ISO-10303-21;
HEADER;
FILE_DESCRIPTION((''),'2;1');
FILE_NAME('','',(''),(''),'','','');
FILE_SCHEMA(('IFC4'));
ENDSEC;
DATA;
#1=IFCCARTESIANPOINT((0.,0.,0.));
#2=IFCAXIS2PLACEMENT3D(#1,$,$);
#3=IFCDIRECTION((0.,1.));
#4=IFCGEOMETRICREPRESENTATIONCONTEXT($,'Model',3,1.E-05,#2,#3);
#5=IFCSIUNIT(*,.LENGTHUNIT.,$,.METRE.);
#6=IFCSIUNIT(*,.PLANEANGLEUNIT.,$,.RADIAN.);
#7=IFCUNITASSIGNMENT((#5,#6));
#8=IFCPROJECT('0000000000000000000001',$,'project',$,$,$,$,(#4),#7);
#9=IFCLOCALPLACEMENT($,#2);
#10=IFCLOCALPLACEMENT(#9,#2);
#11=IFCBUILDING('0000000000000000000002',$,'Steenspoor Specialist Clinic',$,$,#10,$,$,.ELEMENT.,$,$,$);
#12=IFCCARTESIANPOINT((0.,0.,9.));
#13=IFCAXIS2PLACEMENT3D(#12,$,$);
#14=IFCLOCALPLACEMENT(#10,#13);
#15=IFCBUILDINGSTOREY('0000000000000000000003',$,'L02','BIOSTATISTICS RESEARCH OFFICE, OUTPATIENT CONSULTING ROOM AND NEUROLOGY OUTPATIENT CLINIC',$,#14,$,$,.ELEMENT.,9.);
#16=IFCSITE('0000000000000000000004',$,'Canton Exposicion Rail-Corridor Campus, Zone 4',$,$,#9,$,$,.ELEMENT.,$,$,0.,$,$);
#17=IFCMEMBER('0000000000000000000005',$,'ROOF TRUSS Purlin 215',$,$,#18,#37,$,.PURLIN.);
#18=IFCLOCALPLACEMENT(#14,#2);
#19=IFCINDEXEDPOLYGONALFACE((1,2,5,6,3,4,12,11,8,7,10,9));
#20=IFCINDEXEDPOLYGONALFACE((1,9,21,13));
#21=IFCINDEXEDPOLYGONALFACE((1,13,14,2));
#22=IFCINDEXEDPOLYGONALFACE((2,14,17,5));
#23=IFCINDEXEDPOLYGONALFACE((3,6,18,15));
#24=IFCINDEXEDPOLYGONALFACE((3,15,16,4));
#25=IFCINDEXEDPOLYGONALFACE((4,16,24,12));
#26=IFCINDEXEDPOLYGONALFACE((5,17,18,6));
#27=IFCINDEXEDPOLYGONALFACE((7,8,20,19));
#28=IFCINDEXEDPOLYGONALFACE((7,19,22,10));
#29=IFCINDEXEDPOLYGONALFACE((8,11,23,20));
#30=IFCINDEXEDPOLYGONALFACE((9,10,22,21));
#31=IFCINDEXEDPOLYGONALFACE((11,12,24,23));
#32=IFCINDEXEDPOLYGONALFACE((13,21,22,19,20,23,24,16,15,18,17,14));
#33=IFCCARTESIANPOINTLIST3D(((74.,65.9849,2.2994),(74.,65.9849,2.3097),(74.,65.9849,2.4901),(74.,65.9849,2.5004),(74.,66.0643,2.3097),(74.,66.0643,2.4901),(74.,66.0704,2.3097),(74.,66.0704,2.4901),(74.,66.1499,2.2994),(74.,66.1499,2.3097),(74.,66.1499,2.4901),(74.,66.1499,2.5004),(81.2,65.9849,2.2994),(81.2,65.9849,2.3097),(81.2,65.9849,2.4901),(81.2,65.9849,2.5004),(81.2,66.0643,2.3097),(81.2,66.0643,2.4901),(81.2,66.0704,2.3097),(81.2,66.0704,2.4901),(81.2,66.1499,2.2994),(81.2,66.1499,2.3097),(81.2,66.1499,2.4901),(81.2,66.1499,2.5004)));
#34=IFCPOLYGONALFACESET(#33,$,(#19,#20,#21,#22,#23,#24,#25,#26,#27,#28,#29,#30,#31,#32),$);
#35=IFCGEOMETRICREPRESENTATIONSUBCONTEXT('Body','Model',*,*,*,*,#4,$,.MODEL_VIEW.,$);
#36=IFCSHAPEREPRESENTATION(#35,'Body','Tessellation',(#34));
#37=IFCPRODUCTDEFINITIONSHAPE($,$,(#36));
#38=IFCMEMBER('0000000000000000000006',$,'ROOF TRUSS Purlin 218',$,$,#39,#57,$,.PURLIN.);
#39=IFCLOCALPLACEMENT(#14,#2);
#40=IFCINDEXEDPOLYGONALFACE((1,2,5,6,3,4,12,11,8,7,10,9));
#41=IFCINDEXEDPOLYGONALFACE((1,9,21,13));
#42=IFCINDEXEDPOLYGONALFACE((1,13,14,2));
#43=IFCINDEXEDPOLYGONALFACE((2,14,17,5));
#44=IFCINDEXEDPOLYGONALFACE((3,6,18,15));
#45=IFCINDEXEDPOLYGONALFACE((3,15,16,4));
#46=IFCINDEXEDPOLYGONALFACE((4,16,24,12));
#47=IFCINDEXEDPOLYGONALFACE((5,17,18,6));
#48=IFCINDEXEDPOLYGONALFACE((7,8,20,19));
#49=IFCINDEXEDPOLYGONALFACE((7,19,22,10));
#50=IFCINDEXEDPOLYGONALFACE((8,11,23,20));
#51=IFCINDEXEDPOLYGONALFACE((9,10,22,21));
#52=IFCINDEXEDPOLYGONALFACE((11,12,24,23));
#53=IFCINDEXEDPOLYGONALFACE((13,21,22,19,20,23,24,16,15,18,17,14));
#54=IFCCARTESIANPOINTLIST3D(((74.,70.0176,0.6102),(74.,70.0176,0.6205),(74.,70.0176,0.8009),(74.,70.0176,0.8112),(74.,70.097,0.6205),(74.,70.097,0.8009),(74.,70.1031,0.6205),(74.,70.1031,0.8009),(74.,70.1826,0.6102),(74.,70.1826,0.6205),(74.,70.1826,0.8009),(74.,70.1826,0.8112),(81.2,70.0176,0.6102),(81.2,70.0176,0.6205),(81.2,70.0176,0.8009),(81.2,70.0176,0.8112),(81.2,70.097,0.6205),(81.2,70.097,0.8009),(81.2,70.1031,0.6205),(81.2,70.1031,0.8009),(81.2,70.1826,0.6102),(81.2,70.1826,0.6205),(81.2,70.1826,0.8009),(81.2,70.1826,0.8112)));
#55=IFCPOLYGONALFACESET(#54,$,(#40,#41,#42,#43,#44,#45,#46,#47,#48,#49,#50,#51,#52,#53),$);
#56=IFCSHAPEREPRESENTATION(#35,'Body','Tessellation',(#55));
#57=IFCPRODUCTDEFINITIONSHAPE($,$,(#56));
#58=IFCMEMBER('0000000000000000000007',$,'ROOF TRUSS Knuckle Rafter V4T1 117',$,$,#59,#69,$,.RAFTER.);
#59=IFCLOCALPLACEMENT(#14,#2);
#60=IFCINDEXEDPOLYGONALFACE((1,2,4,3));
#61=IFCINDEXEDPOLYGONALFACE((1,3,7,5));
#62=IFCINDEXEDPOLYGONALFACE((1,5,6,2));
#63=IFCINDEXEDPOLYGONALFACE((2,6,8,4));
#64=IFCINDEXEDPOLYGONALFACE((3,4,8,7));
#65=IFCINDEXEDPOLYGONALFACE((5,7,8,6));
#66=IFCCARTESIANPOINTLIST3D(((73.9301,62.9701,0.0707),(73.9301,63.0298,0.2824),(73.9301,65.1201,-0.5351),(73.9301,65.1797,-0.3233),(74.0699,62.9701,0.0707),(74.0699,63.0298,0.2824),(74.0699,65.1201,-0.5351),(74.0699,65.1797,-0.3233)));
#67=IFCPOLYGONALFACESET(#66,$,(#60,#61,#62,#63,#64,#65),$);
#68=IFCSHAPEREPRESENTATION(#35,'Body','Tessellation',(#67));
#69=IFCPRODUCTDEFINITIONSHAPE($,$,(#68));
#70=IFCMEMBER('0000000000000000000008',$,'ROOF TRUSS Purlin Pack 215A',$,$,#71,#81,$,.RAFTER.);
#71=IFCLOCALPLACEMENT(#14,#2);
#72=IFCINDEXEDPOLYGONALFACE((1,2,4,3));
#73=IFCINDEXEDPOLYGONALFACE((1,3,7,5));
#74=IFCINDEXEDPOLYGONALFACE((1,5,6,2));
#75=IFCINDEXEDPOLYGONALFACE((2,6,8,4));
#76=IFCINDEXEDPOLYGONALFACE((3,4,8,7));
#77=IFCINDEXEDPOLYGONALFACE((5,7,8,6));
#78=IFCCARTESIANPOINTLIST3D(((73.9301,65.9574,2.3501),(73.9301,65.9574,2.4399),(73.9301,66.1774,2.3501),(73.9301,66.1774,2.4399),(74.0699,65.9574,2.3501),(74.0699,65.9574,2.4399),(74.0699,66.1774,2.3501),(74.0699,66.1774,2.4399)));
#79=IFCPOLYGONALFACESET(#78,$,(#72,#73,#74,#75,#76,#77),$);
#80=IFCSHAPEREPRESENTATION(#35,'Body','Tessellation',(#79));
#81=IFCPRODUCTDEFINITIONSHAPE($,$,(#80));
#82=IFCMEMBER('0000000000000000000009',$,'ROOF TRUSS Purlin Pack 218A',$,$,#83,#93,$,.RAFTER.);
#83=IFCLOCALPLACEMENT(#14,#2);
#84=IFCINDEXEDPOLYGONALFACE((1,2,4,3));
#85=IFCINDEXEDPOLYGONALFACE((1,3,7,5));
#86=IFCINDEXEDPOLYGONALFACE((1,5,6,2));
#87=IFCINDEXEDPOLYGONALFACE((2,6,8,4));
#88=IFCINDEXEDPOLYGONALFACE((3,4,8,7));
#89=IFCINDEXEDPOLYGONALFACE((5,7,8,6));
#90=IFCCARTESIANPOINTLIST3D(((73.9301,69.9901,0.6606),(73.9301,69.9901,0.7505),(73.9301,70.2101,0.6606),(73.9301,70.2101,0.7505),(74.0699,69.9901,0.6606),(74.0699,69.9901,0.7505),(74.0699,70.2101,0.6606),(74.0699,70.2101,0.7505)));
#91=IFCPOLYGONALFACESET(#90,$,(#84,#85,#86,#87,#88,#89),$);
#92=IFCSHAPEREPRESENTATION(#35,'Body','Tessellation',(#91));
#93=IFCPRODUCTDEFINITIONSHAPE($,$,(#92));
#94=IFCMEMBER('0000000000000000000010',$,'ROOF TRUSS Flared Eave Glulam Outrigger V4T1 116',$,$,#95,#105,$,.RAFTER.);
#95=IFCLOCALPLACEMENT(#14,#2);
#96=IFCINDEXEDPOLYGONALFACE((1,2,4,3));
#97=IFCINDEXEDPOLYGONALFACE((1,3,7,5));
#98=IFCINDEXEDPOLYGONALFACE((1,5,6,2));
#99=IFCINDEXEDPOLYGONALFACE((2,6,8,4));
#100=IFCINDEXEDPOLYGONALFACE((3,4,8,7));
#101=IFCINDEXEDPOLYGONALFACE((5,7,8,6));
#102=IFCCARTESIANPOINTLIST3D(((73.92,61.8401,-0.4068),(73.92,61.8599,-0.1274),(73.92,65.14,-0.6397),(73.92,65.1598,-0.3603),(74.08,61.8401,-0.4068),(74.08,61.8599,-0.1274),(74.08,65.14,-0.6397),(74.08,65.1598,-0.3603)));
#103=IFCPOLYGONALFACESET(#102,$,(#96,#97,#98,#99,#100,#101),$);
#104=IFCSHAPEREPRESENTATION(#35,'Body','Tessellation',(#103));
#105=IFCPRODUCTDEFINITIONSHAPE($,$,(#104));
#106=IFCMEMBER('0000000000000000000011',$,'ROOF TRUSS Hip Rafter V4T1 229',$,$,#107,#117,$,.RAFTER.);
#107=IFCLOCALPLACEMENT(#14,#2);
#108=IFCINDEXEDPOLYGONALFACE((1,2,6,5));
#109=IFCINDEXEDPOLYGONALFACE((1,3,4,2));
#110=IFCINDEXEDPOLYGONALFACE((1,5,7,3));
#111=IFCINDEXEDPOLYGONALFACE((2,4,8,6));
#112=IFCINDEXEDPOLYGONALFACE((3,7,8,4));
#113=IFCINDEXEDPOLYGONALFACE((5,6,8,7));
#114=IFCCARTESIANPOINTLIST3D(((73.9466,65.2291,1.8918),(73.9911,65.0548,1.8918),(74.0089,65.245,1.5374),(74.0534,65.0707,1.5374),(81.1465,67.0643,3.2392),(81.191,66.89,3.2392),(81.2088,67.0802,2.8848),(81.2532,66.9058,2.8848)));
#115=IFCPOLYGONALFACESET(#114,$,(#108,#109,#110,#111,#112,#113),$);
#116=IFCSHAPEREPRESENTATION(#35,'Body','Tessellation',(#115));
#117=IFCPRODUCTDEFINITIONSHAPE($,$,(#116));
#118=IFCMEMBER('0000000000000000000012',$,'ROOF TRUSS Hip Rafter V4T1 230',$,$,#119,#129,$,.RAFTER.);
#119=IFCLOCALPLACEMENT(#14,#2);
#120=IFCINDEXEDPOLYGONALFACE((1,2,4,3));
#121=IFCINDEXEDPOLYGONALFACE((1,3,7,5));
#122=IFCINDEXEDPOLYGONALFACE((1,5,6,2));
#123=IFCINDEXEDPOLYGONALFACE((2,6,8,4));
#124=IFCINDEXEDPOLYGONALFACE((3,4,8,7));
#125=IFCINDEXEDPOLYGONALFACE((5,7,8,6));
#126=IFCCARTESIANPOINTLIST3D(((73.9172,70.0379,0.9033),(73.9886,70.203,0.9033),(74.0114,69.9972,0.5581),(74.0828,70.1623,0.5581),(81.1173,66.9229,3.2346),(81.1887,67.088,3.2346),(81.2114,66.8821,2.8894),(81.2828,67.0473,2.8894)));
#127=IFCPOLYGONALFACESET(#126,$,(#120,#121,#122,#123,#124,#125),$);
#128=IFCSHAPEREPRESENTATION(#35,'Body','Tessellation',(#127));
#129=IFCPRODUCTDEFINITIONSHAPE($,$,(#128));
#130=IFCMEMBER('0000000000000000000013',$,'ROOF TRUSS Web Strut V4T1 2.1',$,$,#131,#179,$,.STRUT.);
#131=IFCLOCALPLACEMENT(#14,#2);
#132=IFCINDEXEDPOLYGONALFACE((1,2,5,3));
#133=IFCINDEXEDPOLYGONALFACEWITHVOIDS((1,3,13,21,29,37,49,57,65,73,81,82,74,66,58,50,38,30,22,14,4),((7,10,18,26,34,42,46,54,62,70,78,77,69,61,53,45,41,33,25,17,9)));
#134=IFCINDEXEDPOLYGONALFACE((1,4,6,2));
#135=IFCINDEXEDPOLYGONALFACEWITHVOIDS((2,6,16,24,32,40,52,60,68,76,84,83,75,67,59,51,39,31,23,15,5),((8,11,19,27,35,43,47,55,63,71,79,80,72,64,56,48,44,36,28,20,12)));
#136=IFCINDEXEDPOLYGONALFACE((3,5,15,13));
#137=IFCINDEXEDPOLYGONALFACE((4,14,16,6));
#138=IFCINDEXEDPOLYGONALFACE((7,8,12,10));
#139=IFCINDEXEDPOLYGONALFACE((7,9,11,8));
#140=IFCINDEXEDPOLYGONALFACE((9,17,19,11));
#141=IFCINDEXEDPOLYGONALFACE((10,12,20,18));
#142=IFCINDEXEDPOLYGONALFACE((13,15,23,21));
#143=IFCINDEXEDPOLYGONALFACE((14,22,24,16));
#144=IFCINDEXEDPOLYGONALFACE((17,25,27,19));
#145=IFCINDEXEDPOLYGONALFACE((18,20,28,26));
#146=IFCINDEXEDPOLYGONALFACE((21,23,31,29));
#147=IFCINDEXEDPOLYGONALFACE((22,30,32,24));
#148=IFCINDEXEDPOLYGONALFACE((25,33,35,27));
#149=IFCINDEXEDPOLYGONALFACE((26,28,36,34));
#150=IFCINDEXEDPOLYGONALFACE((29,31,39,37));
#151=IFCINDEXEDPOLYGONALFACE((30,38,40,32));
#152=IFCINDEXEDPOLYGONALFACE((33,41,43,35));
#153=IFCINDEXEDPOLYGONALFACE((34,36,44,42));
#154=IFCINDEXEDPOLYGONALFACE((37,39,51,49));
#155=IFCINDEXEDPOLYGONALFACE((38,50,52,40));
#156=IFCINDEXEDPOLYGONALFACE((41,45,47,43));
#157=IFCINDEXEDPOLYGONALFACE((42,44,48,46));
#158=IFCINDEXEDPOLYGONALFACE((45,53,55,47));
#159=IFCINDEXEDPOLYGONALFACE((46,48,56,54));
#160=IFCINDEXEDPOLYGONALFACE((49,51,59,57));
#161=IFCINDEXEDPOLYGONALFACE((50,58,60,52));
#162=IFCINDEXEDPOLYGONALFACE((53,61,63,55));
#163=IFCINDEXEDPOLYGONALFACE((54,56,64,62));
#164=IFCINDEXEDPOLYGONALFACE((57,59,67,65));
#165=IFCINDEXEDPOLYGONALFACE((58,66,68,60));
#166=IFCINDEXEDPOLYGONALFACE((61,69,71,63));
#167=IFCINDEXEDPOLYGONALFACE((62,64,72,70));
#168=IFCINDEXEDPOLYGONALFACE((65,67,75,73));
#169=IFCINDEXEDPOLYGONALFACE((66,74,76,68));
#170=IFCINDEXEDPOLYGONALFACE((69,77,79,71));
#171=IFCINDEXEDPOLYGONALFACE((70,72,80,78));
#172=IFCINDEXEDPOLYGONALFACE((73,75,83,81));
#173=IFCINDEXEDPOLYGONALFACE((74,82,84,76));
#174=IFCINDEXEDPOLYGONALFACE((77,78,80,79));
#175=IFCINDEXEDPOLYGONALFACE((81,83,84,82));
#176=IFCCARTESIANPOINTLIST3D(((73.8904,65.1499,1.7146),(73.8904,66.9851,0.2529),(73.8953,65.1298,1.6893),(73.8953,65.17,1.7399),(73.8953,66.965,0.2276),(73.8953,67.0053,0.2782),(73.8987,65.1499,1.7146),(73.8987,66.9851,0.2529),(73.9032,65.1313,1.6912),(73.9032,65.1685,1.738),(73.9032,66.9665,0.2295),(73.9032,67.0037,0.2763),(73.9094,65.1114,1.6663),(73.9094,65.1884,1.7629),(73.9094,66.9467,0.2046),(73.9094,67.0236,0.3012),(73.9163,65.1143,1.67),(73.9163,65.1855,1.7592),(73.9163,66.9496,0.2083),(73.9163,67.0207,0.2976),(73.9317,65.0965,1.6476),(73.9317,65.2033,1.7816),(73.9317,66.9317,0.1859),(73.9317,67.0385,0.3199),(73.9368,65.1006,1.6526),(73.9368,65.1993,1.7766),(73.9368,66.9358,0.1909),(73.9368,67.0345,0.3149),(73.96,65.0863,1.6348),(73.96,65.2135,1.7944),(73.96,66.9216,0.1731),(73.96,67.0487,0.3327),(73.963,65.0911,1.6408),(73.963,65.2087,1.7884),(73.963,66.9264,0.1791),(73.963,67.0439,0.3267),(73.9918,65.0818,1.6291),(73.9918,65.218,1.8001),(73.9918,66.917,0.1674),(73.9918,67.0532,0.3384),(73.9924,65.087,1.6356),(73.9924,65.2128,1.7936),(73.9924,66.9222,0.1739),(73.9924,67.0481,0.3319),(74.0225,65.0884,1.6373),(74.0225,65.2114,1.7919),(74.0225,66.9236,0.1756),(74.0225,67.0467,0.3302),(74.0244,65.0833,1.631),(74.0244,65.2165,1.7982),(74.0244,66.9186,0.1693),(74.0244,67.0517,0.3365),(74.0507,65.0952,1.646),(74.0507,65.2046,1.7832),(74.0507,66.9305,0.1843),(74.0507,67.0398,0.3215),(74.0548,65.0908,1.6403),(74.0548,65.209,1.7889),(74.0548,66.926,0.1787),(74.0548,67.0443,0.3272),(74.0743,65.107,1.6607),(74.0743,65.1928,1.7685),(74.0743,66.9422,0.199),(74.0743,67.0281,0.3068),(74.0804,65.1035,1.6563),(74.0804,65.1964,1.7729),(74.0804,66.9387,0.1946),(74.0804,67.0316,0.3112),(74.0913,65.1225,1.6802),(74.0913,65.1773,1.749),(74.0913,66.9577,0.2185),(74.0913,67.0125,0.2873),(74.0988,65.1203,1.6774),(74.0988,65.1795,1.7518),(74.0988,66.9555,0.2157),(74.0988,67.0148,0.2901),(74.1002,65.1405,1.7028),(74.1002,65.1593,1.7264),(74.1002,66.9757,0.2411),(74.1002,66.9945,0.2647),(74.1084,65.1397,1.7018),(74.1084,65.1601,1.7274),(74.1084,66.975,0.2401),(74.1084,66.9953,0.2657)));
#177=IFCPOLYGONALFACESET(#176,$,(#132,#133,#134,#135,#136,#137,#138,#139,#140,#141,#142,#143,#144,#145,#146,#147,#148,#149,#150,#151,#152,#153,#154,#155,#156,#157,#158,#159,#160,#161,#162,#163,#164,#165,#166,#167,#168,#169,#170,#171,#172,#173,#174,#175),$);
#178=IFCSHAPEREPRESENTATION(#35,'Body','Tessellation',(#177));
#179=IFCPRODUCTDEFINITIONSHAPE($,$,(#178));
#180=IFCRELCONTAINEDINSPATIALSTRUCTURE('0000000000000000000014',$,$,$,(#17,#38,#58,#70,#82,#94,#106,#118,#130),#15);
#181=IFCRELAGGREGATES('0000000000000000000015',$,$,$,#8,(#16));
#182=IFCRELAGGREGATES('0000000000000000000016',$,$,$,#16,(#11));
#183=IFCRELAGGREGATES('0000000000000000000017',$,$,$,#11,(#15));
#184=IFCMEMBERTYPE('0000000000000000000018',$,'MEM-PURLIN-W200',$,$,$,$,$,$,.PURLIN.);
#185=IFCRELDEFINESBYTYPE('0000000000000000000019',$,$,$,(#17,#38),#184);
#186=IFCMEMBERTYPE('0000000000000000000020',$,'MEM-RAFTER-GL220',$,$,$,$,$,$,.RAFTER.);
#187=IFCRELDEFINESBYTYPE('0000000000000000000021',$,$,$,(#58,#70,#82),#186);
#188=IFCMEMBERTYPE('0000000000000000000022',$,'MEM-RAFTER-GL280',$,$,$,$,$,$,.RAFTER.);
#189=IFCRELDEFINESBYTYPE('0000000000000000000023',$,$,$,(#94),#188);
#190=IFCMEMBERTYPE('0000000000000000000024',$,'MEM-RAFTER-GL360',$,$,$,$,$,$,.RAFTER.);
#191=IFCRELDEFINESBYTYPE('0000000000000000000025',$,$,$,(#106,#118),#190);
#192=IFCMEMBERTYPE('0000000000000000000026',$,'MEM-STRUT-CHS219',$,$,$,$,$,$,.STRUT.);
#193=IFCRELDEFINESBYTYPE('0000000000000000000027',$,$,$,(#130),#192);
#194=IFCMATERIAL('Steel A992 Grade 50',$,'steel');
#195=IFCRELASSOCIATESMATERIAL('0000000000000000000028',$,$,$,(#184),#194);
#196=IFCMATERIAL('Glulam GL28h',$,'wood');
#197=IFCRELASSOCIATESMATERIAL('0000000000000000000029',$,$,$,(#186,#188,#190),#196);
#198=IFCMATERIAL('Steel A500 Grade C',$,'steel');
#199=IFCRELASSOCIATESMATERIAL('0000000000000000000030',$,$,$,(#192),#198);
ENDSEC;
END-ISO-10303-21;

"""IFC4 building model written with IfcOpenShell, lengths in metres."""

from ifc_helpers import new_model, si_unit, direction, frame, origin, origin_2d, place, context, subcontext, project, spatial, rectangle, hollow_circle, i_section, extrude, material, material_profile, profile_set, type_object, element, save


model = new_model("IFC4")

# Units and contexts
model_context = context("Model", 3, precision=1e-05, world=origin(), true_north=direction((0.0, 1.0)))
body_context = subcontext(model_context, "Body", "Model", "MODEL_VIEW")
ifc_project = project(units=[si_unit("LENGTHUNIT", "METRE"), si_unit("PLANEANGLEUNIT", "RADIAN")], contexts=[model_context])

# Site, building, storey
site_placement = place(None, origin())
site = spatial("IfcSite", under=ifc_project, at=site_placement, Name="Canton Exposicion Rail-Corridor Campus, Zone 4", CompositionType="ELEMENT", RefElevation=0.0)
building_placement = place(site_placement, origin())
building = spatial("IfcBuilding", under=site, at=building_placement, Name="Steenspoor Specialist Clinic", CompositionType="ELEMENT")
storey_placement = place(building_placement, frame((0.0, 0.0, 9.0)))
storey = spatial("IfcBuildingStorey", under=building, at=storey_placement, Name="L02", Description="BIOSTATISTICS RESEARCH OFFICE, OUTPATIENT CONSULTING ROOM AND NEUROLOGY OUTPATIENT CLINIC", CompositionType="ELEMENT", Elevation=9.0)

# Shared definitions
ifc_material_1 = material(Name="Steel A992 Grade 50", Category="steel")

# Members
ifc_material_2 = material(Name="Steel A500 Grade C", Category="steel")
ifc_material_profile_1 = material_profile(ifc_material_1, i_section(OverallWidth=0.165, OverallDepth=0.2009, WebThickness=0.0061, FlangeThickness=0.0103, at=origin_2d()), Name="W200X36")
ifc_profile_set_1 = profile_set([ifc_material_profile_1], Name="Steel A992 Grade 50")
member_type_1 = type_object("IfcMemberType", Name="MEM-PURLIN-W200", PredefinedType="PURLIN", material=ifc_profile_set_1)
for number, where, z_axis, x_axis, name in (
    (1, (74.0, 66.0674, 2.3999), (1.0, 0.0, 0.0), (0.0, 1.0, 0.0), "ROOF TRUSS Purlin 215"),
    (2, (74.0, 70.1001, 0.7107), (1.0, 0.0, 0.0), (0.0, 1.0, 0.0), "ROOF TRUSS Purlin 218"),
):
    element("IfcMember", number, at=place(storey_placement, frame(where, z_axis=z_axis, x_axis=x_axis)), inside=storey, type_object=member_type_1, Name=name, PredefinedType="PURLIN", context=body_context, shape_type="SweptSolid", body=[
        extrude(i_section(OverallWidth=0.165, OverallDepth=0.2009, WebThickness=0.0061, FlangeThickness=0.0103, at=origin_2d()), origin(), (0.0, 0.0, 1.0), 7.2),
    ])
ifc_material_3 = material(Name="Glulam GL28h", Category="wood")
ifc_material_profile_2 = material_profile(ifc_material_3, rectangle(XDim=0.1399, YDim=0.22, at=origin_2d()), Name="GL28H-140X220")
ifc_profile_set_2 = profile_set([ifc_material_profile_2], Name="Glulam GL28h")
member_type_2 = type_object("IfcMemberType", Name="MEM-RAFTER-GL220", PredefinedType="RAFTER", material=ifc_profile_set_2)
member_1_placement = place(storey_placement, frame((74.0, 65.1499, -0.4292), z_axis=(0.0, -0.962528, 0.271182), x_axis=(1.0, 0.0, 0.0)))
element("IfcMember", 3, at=member_1_placement, inside=storey, type_object=member_type_2, Name="ROOF TRUSS Knuckle Rafter V4T1 117", PredefinedType="RAFTER", context=body_context, shape_type="SweptSolid", body=[
    extrude(rectangle(XDim=0.1399, YDim=0.22, at=origin_2d()), origin(), (0.0, 0.0, 1.0), 2.2336),
])
for number, where, z_axis, x_axis, name in (
    (4, (74.0, 66.0674, 2.3501), (0.0, 0.0, 1.0), (1.0, 0.0, 0.0), "ROOF TRUSS Purlin Pack 215A"),
    (5, (74.0, 70.1001, 0.6606), (0.0, 0.0, 1.0), (1.0, 0.0, 0.0), "ROOF TRUSS Purlin Pack 218A"),
):
    element("IfcMember", number, at=place(storey_placement, frame(where, z_axis=z_axis, x_axis=x_axis)), inside=storey, type_object=member_type_2, Name=name, PredefinedType="RAFTER", context=body_context, shape_type="SweptSolid", body=[
        extrude(rectangle(XDim=0.1399, YDim=0.22, at=origin_2d()), origin(), (0.0, 0.0, 1.0), 0.0898),
    ])
ifc_material_profile_3 = material_profile(ifc_material_3, rectangle(XDim=0.1599, YDim=0.28, at=origin_2d()), Name="GL28H-160X280")
ifc_profile_set_3 = profile_set([ifc_material_profile_3], Name="Glulam GL28h")
member_type_3 = type_object("IfcMemberType", Name="MEM-RAFTER-GL280", PredefinedType="RAFTER", material=ifc_profile_set_3)
member_2_placement = place(storey_placement, frame((74.0, 65.1499, -0.5), z_axis=(0.0, -0.997518, 0.070408), x_axis=(1.0, 0.0, 0.0)))
element("IfcMember", 6, at=member_2_placement, inside=storey, type_object=member_type_3, Name="ROOF TRUSS Flared Eave Glulam Outrigger V4T1 116", PredefinedType="RAFTER", context=body_context, shape_type="SweptSolid", body=[
    extrude(rectangle(XDim=0.1599, YDim=0.28, at=origin_2d()), origin(), (0.0, 0.0, 1.0), 3.3081),
])
ifc_material_profile_4 = material_profile(ifc_material_3, rectangle(XDim=0.1799, YDim=0.3601, at=origin_2d()), Name="GL28H-180X360")
ifc_profile_set_4 = profile_set([ifc_material_profile_4], Name="Glulam GL28h")
member_type_4 = type_object("IfcMemberType", Name="MEM-RAFTER-GL360", PredefinedType="RAFTER", material=ifc_profile_set_4)
member_3_placement = place(storey_placement, frame((74.0, 65.1499, 1.7146), z_axis=(0.953466, 0.24303, 0.178433), x_axis=(-0.246994, 0.969017, 0.0)))
element("IfcMember", 7, at=member_3_placement, inside=storey, type_object=member_type_4, Name="ROOF TRUSS Hip Rafter V4T1 229", PredefinedType="RAFTER", context=body_context, shape_type="SweptSolid", body=[
    extrude(rectangle(XDim=0.1799, YDim=0.3601, at=origin_2d()), origin(), (0.0, 0.0, 1.0), 7.5513),
])
member_4_placement = place(storey_placement, frame((74.0, 70.1001, 0.7307), z_axis=(0.879762, -0.380621, 0.284861), x_axis=(0.397072, 0.917787, 0.0)))
element("IfcMember", 8, at=member_4_placement, inside=storey, type_object=member_type_4, Name="ROOF TRUSS Hip Rafter V4T1 230", PredefinedType="RAFTER", context=body_context, shape_type="SweptSolid", body=[
    extrude(rectangle(XDim=0.1799, YDim=0.3601, at=origin_2d()), origin(), (0.0, 0.0, 1.0), 8.1841),
])
ifc_material_profile_5 = material_profile(ifc_material_2, hollow_circle(Radius=0.1096, WallThickness=0.0083, at=origin_2d()), Name="CHS219X8.2")
ifc_profile_set_5 = profile_set([ifc_material_profile_5], Name="Steel A500 Grade C")
member_type_5 = type_object("IfcMemberType", Name="MEM-STRUT-CHS219", PredefinedType="STRUT", material=ifc_profile_set_5)
member_5_placement = place(storey_placement, frame((74.0, 65.1499, 1.7146), z_axis=(0.0, 0.782217, -0.623006), x_axis=(-1.0, 0.0, 0.0)))
element("IfcMember", 9, at=member_5_placement, inside=storey, type_object=member_type_5, Name="ROOF TRUSS Web Strut V4T1 2.1", PredefinedType="STRUT", context=body_context, shape_type="SweptSolid", body=[
    extrude(hollow_circle(Radius=0.1096, WallThickness=0.0083, at=origin_2d()), origin(), (0.0, 0.0, 1.0), 2.3462),
])

save(model, "model.ifc")
